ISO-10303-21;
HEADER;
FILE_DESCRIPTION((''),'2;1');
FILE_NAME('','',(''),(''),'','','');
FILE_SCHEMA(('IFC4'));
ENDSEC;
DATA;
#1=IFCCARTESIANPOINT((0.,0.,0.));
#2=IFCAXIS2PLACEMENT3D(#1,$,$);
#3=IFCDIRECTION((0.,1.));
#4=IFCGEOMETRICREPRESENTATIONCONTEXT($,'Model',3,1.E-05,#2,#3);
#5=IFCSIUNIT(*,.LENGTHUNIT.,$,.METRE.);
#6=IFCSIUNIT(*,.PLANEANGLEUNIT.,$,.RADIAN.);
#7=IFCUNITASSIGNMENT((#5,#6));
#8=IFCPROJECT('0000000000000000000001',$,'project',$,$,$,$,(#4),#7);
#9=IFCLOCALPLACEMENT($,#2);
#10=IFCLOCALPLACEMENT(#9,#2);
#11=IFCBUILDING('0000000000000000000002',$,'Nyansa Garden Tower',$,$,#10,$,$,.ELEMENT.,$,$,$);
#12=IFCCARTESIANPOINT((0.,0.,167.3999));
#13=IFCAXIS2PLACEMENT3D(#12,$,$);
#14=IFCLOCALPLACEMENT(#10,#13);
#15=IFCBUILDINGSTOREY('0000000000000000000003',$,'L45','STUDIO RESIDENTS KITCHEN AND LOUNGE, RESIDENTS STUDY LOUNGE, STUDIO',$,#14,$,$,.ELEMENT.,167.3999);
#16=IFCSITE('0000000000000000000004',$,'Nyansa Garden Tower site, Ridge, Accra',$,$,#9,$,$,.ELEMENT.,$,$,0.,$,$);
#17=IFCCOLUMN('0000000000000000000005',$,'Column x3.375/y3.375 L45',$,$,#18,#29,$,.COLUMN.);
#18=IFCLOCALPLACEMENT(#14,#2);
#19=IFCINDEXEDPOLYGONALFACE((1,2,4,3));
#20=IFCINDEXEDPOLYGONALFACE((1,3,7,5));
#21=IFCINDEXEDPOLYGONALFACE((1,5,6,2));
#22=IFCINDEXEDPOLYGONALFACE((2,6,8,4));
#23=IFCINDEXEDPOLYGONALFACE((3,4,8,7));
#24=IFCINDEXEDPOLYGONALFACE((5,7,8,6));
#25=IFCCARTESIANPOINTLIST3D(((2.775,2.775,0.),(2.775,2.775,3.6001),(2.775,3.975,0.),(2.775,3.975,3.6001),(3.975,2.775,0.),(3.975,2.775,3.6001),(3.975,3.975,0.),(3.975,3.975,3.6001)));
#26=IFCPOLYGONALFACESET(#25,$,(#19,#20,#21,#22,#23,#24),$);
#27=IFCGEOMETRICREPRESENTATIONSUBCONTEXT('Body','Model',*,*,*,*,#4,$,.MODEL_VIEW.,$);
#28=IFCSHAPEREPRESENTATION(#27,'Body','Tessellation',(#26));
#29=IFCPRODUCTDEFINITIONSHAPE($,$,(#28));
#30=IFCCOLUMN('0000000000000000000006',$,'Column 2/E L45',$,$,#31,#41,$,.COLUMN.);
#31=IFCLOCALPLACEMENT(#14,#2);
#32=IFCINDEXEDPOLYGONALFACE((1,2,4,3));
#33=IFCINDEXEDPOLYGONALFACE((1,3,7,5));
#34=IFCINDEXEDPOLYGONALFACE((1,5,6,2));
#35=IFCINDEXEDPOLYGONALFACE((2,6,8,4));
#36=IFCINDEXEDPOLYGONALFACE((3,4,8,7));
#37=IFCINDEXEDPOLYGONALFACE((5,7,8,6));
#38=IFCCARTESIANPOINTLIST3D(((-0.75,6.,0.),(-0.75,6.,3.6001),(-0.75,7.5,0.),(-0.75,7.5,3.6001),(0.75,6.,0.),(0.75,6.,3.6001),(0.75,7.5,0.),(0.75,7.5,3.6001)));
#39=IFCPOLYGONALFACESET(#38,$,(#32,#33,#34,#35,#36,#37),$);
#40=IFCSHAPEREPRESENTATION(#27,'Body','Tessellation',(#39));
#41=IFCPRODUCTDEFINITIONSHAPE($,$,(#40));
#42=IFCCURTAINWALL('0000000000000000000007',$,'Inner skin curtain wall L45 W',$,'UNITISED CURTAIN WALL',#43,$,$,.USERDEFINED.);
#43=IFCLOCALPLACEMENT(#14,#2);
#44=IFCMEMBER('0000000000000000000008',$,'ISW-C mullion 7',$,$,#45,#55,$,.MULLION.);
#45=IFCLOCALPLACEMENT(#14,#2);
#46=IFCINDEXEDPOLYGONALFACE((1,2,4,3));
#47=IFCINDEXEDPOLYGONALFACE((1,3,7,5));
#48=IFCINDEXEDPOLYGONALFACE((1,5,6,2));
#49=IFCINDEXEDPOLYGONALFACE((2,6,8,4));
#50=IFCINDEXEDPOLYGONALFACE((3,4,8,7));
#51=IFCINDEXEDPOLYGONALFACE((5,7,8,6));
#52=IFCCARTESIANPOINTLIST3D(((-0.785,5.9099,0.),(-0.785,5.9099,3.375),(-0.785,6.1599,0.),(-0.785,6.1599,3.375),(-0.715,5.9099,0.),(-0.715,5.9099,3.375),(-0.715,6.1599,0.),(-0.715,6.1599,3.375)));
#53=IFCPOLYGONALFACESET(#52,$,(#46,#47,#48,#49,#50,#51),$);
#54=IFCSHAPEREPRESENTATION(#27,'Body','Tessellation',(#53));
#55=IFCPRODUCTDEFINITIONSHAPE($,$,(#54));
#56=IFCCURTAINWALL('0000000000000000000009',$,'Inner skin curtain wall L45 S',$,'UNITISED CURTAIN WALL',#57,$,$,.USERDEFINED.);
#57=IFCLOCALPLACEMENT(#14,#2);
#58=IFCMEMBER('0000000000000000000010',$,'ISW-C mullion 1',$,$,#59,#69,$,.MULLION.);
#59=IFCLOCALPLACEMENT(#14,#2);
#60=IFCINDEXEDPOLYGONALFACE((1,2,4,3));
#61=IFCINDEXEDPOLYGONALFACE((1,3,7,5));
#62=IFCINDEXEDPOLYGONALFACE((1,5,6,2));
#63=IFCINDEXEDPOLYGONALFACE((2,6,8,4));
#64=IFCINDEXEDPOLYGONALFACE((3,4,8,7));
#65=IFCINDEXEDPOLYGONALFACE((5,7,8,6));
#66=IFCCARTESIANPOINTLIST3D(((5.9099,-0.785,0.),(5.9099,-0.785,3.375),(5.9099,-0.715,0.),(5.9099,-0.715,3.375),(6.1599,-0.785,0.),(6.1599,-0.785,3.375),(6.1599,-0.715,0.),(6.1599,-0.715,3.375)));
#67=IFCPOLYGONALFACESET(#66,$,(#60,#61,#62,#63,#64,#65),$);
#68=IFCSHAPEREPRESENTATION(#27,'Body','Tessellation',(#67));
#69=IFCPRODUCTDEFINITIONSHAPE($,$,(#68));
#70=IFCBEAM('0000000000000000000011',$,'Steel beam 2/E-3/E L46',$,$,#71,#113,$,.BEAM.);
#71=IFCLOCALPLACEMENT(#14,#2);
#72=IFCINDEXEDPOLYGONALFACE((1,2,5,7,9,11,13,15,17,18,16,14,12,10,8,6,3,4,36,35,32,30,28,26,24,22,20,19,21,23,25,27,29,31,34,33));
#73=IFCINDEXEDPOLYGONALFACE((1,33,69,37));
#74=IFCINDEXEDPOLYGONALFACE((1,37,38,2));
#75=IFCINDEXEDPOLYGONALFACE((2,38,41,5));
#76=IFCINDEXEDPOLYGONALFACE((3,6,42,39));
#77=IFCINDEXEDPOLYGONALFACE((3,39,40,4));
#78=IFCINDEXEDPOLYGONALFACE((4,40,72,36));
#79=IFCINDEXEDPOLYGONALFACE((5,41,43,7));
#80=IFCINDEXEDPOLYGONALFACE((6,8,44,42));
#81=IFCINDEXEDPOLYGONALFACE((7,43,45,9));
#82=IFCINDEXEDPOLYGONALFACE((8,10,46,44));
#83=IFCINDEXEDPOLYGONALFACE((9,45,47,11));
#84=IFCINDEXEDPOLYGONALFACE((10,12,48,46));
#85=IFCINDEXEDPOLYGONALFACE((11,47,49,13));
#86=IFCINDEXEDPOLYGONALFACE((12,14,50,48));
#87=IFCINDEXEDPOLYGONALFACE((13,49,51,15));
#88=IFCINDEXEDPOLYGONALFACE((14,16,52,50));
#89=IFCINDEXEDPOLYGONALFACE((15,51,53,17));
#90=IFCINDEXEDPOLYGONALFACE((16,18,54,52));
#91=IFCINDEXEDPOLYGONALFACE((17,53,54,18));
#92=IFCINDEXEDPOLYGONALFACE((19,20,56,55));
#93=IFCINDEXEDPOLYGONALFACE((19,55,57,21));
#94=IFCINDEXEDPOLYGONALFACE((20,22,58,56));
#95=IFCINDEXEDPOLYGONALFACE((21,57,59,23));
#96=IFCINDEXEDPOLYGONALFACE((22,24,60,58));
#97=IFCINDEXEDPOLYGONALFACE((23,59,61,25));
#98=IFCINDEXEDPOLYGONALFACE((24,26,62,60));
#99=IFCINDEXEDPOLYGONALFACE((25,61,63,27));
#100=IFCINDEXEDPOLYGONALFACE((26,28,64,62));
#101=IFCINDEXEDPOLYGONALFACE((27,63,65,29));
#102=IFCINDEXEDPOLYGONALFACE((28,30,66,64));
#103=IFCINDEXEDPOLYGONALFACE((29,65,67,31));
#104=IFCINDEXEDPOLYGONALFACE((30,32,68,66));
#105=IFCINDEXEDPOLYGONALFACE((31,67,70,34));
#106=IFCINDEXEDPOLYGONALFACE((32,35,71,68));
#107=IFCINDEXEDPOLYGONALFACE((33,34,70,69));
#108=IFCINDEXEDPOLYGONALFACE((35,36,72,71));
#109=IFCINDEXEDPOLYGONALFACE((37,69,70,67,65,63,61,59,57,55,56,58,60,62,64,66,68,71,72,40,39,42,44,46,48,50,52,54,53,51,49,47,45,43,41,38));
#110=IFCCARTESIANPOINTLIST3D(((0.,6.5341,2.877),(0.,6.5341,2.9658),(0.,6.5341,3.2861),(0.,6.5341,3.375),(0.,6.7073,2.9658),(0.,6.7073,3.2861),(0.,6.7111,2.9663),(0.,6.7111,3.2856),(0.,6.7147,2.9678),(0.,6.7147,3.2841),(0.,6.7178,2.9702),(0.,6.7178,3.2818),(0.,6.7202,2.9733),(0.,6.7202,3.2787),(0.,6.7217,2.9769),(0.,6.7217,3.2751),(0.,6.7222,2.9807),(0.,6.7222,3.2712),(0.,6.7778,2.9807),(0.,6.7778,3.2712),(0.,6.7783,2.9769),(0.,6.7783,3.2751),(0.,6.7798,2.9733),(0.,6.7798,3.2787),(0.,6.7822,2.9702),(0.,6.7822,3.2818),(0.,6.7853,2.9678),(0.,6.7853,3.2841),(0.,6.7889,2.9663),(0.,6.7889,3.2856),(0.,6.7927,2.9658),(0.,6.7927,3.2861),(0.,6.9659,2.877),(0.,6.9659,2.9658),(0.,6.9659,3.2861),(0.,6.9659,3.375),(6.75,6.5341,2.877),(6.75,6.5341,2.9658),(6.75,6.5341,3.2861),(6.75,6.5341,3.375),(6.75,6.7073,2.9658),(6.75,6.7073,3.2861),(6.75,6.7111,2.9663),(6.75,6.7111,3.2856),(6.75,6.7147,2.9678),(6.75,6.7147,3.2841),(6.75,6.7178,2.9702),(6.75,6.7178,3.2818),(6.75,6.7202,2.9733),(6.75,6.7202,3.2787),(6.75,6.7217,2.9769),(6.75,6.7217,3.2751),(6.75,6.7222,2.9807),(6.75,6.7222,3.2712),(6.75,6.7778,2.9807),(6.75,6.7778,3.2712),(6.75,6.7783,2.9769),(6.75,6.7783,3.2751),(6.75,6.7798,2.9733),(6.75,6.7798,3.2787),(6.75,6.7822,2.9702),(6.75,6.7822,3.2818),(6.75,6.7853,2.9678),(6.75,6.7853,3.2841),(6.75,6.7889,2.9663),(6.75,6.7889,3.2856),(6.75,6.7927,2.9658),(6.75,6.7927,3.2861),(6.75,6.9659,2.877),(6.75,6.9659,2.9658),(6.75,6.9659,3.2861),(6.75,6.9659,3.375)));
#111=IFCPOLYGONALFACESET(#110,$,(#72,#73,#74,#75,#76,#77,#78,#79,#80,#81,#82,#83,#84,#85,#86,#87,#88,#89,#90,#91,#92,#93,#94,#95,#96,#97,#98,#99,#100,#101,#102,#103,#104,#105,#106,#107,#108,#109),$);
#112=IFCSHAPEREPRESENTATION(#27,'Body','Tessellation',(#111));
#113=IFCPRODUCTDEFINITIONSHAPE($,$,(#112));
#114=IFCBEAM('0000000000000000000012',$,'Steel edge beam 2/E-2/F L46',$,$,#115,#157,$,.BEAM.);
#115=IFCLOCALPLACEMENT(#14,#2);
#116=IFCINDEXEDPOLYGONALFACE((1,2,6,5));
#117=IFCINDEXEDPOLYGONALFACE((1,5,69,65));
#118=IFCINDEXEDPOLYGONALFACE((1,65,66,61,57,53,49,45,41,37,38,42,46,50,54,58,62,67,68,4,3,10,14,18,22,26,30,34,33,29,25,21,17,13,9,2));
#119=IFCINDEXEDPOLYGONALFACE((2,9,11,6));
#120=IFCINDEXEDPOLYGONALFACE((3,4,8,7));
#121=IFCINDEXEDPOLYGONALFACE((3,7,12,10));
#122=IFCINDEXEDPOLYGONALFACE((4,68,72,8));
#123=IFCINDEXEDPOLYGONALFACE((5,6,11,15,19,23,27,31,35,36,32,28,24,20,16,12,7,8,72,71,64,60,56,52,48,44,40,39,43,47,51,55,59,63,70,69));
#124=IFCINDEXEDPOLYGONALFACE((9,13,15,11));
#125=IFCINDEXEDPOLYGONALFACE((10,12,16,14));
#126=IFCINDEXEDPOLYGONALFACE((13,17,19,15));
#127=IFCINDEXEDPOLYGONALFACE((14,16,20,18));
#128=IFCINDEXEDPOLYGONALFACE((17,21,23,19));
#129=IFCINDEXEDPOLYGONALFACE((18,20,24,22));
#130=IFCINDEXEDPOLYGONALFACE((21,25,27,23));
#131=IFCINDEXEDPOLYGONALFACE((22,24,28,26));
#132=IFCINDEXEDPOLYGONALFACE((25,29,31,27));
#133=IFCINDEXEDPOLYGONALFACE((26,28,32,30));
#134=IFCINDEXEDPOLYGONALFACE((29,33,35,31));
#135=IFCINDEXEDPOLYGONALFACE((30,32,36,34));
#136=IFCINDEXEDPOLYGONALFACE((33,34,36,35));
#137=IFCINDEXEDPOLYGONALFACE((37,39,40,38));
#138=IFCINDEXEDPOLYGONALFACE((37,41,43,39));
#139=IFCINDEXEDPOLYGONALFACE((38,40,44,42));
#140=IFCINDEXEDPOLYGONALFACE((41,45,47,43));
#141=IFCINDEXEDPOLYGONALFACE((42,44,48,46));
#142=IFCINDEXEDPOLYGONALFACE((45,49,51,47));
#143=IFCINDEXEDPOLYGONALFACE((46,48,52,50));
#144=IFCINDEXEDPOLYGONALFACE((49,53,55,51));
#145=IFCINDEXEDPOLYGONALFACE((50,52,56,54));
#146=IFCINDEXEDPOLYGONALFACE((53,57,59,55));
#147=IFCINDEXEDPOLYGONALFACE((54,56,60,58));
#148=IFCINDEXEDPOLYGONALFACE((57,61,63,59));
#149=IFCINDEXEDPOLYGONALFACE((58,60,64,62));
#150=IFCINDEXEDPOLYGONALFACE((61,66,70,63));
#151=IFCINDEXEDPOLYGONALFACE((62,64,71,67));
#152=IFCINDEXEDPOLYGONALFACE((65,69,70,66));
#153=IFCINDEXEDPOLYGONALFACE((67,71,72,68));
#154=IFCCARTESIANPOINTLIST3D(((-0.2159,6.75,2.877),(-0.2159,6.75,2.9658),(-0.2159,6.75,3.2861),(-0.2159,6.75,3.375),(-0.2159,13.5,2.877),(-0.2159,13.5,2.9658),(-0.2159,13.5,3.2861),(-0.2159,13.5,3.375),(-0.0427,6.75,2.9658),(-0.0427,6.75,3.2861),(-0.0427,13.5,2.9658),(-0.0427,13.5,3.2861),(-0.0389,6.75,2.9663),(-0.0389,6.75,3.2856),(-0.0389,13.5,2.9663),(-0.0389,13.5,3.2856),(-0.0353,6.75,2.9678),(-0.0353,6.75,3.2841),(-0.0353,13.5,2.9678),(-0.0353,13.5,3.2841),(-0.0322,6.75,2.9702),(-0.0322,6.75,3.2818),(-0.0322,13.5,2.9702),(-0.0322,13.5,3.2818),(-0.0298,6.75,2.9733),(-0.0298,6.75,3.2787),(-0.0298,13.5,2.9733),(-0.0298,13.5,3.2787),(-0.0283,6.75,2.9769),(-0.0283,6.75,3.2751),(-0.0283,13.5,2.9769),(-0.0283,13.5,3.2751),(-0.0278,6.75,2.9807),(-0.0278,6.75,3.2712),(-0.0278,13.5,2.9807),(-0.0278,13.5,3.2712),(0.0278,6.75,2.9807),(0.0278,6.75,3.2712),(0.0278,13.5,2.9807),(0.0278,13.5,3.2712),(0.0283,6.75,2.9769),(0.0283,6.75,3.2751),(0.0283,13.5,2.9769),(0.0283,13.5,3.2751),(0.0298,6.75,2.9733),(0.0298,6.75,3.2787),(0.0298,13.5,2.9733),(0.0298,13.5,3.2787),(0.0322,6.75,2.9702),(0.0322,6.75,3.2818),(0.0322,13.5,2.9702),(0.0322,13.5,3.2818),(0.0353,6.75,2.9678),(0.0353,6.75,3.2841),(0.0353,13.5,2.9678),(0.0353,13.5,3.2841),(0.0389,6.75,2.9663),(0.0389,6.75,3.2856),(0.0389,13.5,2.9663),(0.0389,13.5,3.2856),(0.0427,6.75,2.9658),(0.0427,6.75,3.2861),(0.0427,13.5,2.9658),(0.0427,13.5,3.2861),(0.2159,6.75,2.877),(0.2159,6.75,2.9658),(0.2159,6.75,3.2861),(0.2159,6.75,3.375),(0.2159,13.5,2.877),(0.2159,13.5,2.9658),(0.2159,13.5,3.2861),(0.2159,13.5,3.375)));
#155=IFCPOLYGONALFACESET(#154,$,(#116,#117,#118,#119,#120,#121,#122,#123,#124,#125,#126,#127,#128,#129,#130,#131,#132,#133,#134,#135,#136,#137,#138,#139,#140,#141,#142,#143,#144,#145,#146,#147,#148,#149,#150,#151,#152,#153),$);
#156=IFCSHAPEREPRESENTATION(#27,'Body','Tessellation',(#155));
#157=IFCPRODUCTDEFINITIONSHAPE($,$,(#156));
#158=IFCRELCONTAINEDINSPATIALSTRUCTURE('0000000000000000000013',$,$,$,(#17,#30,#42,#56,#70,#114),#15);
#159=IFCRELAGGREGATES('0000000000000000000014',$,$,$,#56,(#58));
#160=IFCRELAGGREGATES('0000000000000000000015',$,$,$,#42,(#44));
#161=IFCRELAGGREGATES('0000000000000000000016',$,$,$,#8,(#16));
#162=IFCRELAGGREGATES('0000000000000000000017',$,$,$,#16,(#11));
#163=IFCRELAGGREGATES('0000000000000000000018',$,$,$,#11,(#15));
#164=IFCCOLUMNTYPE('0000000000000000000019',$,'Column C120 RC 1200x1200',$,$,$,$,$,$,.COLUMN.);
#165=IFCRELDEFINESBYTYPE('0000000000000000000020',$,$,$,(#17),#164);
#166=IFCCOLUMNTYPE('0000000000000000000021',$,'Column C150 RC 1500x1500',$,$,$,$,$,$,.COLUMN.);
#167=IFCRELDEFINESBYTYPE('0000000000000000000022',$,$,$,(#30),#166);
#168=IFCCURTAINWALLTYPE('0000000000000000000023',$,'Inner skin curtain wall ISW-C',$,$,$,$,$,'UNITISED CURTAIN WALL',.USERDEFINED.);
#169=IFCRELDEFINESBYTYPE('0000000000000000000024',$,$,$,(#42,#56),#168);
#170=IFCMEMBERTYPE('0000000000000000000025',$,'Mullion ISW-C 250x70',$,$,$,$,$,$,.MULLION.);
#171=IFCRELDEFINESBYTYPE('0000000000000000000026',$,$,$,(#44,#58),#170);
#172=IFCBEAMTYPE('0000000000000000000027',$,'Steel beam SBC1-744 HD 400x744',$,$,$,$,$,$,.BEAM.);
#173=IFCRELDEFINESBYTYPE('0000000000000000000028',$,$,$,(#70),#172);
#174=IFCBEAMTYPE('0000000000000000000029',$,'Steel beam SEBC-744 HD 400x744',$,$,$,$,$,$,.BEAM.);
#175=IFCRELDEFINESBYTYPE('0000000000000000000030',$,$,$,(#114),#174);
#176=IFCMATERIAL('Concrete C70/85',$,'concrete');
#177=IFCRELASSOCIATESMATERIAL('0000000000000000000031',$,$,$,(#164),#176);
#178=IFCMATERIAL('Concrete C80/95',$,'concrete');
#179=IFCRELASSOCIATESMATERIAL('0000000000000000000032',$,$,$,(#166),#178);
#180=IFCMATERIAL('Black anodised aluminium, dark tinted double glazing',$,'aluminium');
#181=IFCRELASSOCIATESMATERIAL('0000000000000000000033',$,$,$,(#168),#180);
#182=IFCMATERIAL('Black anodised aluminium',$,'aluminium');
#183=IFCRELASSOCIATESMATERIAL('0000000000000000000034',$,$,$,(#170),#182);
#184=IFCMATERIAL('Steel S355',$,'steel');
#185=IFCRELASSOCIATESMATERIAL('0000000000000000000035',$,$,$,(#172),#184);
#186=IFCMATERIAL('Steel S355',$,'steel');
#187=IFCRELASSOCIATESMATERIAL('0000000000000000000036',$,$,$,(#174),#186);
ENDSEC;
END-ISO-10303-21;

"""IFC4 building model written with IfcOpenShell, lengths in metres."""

from ifc_helpers import new_model, si_unit, direction, frame, origin, origin_2d, place, context, subcontext, project, spatial, rectangle, i_section, extrude, material, material_profile, profile_set, type_object, element, aggregate, save


model = new_model("IFC4")

# Units and contexts
model_context = context("Model", 3, precision=1e-05, world=origin(), true_north=direction((0.0, 1.0)))
body_context = subcontext(model_context, "Body", "Model", "MODEL_VIEW")
ifc_project = project(units=[si_unit("LENGTHUNIT", "METRE"), si_unit("PLANEANGLEUNIT", "RADIAN")], contexts=[model_context])

# Site, building, storey
site_placement = place(None, origin())
site = spatial("IfcSite", under=ifc_project, at=site_placement, Name="Nyansa Garden Tower site, Ridge, Accra", CompositionType="ELEMENT", RefElevation=0.0)
building_placement = place(site_placement, origin())
building = spatial("IfcBuilding", under=site, at=building_placement, Name="Nyansa Garden Tower", CompositionType="ELEMENT")
storey_placement = place(building_placement, frame((0.0, 0.0, 167.3999)))
storey = spatial("IfcBuildingStorey", under=building, at=storey_placement, Name="L45", Description="STUDIO RESIDENTS KITCHEN AND LOUNGE, RESIDENTS STUDY LOUNGE, STUDIO", CompositionType="ELEMENT", Elevation=167.3999)

# Columns
ifc_material_1 = material(Name="Concrete C70/85", Category="concrete")
ifc_material_profile_1 = material_profile(ifc_material_1, rectangle(XDim=1.2, YDim=1.2, at=origin_2d()), Name="RC 1200x1200")
ifc_profile_set_1 = profile_set([ifc_material_profile_1], Name="Concrete C70/85")
column_type_1 = type_object("IfcColumnType", Name="Column C120 RC 1200x1200", PredefinedType="COLUMN", material=ifc_profile_set_1)
column_1_placement = place(storey_placement, frame((3.375, 3.375, 0.0), z_axis=(0.0, 0.0, 1.0), x_axis=(1.0, 0.0, 0.0)))
element("IfcColumn", 1, at=column_1_placement, inside=storey, type_object=column_type_1, Name="Column x3.375/y3.375 L45", PredefinedType="COLUMN", context=body_context, shape_type="SweptSolid", body=[
    extrude(rectangle(XDim=1.2, YDim=1.2, at=origin_2d()), origin(), (0.0, 0.0, 1.0), 3.6001),
])
ifc_material_2 = material(Name="Concrete C80/95", Category="concrete")
ifc_material_profile_2 = material_profile(ifc_material_2, rectangle(XDim=1.5, YDim=1.5, at=origin_2d()), Name="RC 1500x1500")
ifc_profile_set_2 = profile_set([ifc_material_profile_2], Name="Concrete C80/95")
column_type_2 = type_object("IfcColumnType", Name="Column C150 RC 1500x1500", PredefinedType="COLUMN", material=ifc_profile_set_2)
column_2_placement = place(storey_placement, frame((0.0, 6.75, 0.0), z_axis=(0.0, 0.0, 1.0), x_axis=(1.0, 0.0, 0.0)))
element("IfcColumn", 2, at=column_2_placement, inside=storey, type_object=column_type_2, Name="Column 2/E L45", PredefinedType="COLUMN", context=body_context, shape_type="SweptSolid", body=[
    extrude(rectangle(XDim=1.5, YDim=1.5, at=origin_2d()), origin(), (0.0, 0.0, 1.0), 3.6001),
])

# Curtain walls, members
ifc_material_3 = material(Name="Black anodised aluminium, dark tinted double glazing", Category="aluminium")
curtain_wall_type = type_object("IfcCurtainWallType", Name="Inner skin curtain wall ISW-C", ElementType="UNITISED CURTAIN WALL", PredefinedType="USERDEFINED", material=ifc_material_3)
curtain_wall_1_placement = place(storey_placement, origin())
curtain_wall_1 = element("IfcCurtainWall", 3, at=curtain_wall_1_placement, inside=storey, type_object=curtain_wall_type, Name="Inner skin curtain wall L45 W", ObjectType="UNITISED CURTAIN WALL", PredefinedType="USERDEFINED")
ifc_material_4 = material(Name="Black anodised aluminium", Category="aluminium")
ifc_material_profile_3 = material_profile(ifc_material_4, rectangle(XDim=0.0701, YDim=0.25, at=origin_2d()), Name="Mullion 250x70")
ifc_profile_set_3 = profile_set([ifc_material_profile_3], Name="Black anodised aluminium")
member_type_1 = type_object("IfcMemberType", Name="Mullion ISW-C 250x70", PredefinedType="MULLION", material=ifc_profile_set_3)
member_1_placement = place(storey_placement, frame((-0.75, 6.0349, 0.0), z_axis=(0.0, 0.0, 1.0), x_axis=(1.0, 0.0, 0.0)))
member_1 = element("IfcMember", 4, at=member_1_placement, type_object=member_type_1, Name="ISW-C mullion 7", PredefinedType="MULLION", context=body_context, shape_type="SweptSolid", body=[
    extrude(rectangle(XDim=0.0701, YDim=0.25, at=origin_2d()), origin(), (0.0, 0.0, 1.0), 3.375),
])
curtain_wall_2_placement = place(storey_placement, origin())
curtain_wall_2 = element("IfcCurtainWall", 5, at=curtain_wall_2_placement, inside=storey, type_object=curtain_wall_type, Name="Inner skin curtain wall L45 S", ObjectType="UNITISED CURTAIN WALL", PredefinedType="USERDEFINED")
member_2_placement = place(storey_placement, frame((6.0349, -0.75, 0.0), z_axis=(0.0, 0.0, 1.0), x_axis=(0.0, 1.0, 0.0)))
member_2 = element("IfcMember", 6, at=member_2_placement, type_object=member_type_1, Name="ISW-C mullion 1", PredefinedType="MULLION", context=body_context, shape_type="SweptSolid", body=[
    extrude(rectangle(XDim=0.0701, YDim=0.25, at=origin_2d()), origin(), (0.0, 0.0, 1.0), 3.375),
])
aggregate(curtain_wall_2, [member_2])

# Beams
ifc_material_5 = material(Name="Steel S355", Category="steel")
ifc_material_profile_4 = material_profile(ifc_material_5, i_section(OverallWidth=0.4319, OverallDepth=0.498, WebThickness=0.0557, FlangeThickness=0.0889, FilletRadius=0.0149, at=origin_2d()), Name="HD 400x744")
ifc_profile_set_4 = profile_set([ifc_material_profile_4], Name="Steel S355")
beam_type_1 = type_object("IfcBeamType", Name="Steel beam SBC1-744 HD 400x744", PredefinedType="BEAM", material=ifc_profile_set_4)
beam_1_placement = place(storey_placement, frame((0.0, 6.75, 3.126), z_axis=(1.0, 0.0, 0.0), x_axis=(0.0, 1.0, 0.0)))
element("IfcBeam", 7, at=beam_1_placement, inside=storey, type_object=beam_type_1, Name="Steel beam 2/E-3/E L46", PredefinedType="BEAM", context=body_context, shape_type="SweptSolid", body=[
    extrude(i_section(OverallWidth=0.4319, OverallDepth=0.498, WebThickness=0.0557, FlangeThickness=0.0889, FilletRadius=0.0149, at=origin_2d()), origin(), (0.0, 0.0, 1.0), 6.75),
])
ifc_material_6 = material(Name="Steel S355", Category="steel")
ifc_material_profile_5 = material_profile(ifc_material_6, i_section(OverallWidth=0.4319, OverallDepth=0.498, WebThickness=0.0557, FlangeThickness=0.0889, FilletRadius=0.0149, at=origin_2d()), Name="HD 400x744")
ifc_profile_set_5 = profile_set([ifc_material_profile_5], Name="Steel S355")
beam_type_2 = type_object("IfcBeamType", Name="Steel beam SEBC-744 HD 400x744", PredefinedType="BEAM", material=ifc_profile_set_5)
beam_2_placement = place(storey_placement, frame((0.0, 6.75, 3.126), z_axis=(0.0, 1.0, 0.0), x_axis=(-1.0, 0.0, 0.0)))
element("IfcBeam", 8, at=beam_2_placement, inside=storey, type_object=beam_type_2, Name="Steel edge beam 2/E-2/F L46", PredefinedType="BEAM", context=body_context, shape_type="SweptSolid", body=[
    extrude(i_section(OverallWidth=0.4319, OverallDepth=0.498, WebThickness=0.0557, FlangeThickness=0.0889, FilletRadius=0.0149, at=origin_2d()), origin(), (0.0, 0.0, 1.0), 6.75),
])

aggregate(curtain_wall_1, [member_1])

save(model, "model.ifc")
